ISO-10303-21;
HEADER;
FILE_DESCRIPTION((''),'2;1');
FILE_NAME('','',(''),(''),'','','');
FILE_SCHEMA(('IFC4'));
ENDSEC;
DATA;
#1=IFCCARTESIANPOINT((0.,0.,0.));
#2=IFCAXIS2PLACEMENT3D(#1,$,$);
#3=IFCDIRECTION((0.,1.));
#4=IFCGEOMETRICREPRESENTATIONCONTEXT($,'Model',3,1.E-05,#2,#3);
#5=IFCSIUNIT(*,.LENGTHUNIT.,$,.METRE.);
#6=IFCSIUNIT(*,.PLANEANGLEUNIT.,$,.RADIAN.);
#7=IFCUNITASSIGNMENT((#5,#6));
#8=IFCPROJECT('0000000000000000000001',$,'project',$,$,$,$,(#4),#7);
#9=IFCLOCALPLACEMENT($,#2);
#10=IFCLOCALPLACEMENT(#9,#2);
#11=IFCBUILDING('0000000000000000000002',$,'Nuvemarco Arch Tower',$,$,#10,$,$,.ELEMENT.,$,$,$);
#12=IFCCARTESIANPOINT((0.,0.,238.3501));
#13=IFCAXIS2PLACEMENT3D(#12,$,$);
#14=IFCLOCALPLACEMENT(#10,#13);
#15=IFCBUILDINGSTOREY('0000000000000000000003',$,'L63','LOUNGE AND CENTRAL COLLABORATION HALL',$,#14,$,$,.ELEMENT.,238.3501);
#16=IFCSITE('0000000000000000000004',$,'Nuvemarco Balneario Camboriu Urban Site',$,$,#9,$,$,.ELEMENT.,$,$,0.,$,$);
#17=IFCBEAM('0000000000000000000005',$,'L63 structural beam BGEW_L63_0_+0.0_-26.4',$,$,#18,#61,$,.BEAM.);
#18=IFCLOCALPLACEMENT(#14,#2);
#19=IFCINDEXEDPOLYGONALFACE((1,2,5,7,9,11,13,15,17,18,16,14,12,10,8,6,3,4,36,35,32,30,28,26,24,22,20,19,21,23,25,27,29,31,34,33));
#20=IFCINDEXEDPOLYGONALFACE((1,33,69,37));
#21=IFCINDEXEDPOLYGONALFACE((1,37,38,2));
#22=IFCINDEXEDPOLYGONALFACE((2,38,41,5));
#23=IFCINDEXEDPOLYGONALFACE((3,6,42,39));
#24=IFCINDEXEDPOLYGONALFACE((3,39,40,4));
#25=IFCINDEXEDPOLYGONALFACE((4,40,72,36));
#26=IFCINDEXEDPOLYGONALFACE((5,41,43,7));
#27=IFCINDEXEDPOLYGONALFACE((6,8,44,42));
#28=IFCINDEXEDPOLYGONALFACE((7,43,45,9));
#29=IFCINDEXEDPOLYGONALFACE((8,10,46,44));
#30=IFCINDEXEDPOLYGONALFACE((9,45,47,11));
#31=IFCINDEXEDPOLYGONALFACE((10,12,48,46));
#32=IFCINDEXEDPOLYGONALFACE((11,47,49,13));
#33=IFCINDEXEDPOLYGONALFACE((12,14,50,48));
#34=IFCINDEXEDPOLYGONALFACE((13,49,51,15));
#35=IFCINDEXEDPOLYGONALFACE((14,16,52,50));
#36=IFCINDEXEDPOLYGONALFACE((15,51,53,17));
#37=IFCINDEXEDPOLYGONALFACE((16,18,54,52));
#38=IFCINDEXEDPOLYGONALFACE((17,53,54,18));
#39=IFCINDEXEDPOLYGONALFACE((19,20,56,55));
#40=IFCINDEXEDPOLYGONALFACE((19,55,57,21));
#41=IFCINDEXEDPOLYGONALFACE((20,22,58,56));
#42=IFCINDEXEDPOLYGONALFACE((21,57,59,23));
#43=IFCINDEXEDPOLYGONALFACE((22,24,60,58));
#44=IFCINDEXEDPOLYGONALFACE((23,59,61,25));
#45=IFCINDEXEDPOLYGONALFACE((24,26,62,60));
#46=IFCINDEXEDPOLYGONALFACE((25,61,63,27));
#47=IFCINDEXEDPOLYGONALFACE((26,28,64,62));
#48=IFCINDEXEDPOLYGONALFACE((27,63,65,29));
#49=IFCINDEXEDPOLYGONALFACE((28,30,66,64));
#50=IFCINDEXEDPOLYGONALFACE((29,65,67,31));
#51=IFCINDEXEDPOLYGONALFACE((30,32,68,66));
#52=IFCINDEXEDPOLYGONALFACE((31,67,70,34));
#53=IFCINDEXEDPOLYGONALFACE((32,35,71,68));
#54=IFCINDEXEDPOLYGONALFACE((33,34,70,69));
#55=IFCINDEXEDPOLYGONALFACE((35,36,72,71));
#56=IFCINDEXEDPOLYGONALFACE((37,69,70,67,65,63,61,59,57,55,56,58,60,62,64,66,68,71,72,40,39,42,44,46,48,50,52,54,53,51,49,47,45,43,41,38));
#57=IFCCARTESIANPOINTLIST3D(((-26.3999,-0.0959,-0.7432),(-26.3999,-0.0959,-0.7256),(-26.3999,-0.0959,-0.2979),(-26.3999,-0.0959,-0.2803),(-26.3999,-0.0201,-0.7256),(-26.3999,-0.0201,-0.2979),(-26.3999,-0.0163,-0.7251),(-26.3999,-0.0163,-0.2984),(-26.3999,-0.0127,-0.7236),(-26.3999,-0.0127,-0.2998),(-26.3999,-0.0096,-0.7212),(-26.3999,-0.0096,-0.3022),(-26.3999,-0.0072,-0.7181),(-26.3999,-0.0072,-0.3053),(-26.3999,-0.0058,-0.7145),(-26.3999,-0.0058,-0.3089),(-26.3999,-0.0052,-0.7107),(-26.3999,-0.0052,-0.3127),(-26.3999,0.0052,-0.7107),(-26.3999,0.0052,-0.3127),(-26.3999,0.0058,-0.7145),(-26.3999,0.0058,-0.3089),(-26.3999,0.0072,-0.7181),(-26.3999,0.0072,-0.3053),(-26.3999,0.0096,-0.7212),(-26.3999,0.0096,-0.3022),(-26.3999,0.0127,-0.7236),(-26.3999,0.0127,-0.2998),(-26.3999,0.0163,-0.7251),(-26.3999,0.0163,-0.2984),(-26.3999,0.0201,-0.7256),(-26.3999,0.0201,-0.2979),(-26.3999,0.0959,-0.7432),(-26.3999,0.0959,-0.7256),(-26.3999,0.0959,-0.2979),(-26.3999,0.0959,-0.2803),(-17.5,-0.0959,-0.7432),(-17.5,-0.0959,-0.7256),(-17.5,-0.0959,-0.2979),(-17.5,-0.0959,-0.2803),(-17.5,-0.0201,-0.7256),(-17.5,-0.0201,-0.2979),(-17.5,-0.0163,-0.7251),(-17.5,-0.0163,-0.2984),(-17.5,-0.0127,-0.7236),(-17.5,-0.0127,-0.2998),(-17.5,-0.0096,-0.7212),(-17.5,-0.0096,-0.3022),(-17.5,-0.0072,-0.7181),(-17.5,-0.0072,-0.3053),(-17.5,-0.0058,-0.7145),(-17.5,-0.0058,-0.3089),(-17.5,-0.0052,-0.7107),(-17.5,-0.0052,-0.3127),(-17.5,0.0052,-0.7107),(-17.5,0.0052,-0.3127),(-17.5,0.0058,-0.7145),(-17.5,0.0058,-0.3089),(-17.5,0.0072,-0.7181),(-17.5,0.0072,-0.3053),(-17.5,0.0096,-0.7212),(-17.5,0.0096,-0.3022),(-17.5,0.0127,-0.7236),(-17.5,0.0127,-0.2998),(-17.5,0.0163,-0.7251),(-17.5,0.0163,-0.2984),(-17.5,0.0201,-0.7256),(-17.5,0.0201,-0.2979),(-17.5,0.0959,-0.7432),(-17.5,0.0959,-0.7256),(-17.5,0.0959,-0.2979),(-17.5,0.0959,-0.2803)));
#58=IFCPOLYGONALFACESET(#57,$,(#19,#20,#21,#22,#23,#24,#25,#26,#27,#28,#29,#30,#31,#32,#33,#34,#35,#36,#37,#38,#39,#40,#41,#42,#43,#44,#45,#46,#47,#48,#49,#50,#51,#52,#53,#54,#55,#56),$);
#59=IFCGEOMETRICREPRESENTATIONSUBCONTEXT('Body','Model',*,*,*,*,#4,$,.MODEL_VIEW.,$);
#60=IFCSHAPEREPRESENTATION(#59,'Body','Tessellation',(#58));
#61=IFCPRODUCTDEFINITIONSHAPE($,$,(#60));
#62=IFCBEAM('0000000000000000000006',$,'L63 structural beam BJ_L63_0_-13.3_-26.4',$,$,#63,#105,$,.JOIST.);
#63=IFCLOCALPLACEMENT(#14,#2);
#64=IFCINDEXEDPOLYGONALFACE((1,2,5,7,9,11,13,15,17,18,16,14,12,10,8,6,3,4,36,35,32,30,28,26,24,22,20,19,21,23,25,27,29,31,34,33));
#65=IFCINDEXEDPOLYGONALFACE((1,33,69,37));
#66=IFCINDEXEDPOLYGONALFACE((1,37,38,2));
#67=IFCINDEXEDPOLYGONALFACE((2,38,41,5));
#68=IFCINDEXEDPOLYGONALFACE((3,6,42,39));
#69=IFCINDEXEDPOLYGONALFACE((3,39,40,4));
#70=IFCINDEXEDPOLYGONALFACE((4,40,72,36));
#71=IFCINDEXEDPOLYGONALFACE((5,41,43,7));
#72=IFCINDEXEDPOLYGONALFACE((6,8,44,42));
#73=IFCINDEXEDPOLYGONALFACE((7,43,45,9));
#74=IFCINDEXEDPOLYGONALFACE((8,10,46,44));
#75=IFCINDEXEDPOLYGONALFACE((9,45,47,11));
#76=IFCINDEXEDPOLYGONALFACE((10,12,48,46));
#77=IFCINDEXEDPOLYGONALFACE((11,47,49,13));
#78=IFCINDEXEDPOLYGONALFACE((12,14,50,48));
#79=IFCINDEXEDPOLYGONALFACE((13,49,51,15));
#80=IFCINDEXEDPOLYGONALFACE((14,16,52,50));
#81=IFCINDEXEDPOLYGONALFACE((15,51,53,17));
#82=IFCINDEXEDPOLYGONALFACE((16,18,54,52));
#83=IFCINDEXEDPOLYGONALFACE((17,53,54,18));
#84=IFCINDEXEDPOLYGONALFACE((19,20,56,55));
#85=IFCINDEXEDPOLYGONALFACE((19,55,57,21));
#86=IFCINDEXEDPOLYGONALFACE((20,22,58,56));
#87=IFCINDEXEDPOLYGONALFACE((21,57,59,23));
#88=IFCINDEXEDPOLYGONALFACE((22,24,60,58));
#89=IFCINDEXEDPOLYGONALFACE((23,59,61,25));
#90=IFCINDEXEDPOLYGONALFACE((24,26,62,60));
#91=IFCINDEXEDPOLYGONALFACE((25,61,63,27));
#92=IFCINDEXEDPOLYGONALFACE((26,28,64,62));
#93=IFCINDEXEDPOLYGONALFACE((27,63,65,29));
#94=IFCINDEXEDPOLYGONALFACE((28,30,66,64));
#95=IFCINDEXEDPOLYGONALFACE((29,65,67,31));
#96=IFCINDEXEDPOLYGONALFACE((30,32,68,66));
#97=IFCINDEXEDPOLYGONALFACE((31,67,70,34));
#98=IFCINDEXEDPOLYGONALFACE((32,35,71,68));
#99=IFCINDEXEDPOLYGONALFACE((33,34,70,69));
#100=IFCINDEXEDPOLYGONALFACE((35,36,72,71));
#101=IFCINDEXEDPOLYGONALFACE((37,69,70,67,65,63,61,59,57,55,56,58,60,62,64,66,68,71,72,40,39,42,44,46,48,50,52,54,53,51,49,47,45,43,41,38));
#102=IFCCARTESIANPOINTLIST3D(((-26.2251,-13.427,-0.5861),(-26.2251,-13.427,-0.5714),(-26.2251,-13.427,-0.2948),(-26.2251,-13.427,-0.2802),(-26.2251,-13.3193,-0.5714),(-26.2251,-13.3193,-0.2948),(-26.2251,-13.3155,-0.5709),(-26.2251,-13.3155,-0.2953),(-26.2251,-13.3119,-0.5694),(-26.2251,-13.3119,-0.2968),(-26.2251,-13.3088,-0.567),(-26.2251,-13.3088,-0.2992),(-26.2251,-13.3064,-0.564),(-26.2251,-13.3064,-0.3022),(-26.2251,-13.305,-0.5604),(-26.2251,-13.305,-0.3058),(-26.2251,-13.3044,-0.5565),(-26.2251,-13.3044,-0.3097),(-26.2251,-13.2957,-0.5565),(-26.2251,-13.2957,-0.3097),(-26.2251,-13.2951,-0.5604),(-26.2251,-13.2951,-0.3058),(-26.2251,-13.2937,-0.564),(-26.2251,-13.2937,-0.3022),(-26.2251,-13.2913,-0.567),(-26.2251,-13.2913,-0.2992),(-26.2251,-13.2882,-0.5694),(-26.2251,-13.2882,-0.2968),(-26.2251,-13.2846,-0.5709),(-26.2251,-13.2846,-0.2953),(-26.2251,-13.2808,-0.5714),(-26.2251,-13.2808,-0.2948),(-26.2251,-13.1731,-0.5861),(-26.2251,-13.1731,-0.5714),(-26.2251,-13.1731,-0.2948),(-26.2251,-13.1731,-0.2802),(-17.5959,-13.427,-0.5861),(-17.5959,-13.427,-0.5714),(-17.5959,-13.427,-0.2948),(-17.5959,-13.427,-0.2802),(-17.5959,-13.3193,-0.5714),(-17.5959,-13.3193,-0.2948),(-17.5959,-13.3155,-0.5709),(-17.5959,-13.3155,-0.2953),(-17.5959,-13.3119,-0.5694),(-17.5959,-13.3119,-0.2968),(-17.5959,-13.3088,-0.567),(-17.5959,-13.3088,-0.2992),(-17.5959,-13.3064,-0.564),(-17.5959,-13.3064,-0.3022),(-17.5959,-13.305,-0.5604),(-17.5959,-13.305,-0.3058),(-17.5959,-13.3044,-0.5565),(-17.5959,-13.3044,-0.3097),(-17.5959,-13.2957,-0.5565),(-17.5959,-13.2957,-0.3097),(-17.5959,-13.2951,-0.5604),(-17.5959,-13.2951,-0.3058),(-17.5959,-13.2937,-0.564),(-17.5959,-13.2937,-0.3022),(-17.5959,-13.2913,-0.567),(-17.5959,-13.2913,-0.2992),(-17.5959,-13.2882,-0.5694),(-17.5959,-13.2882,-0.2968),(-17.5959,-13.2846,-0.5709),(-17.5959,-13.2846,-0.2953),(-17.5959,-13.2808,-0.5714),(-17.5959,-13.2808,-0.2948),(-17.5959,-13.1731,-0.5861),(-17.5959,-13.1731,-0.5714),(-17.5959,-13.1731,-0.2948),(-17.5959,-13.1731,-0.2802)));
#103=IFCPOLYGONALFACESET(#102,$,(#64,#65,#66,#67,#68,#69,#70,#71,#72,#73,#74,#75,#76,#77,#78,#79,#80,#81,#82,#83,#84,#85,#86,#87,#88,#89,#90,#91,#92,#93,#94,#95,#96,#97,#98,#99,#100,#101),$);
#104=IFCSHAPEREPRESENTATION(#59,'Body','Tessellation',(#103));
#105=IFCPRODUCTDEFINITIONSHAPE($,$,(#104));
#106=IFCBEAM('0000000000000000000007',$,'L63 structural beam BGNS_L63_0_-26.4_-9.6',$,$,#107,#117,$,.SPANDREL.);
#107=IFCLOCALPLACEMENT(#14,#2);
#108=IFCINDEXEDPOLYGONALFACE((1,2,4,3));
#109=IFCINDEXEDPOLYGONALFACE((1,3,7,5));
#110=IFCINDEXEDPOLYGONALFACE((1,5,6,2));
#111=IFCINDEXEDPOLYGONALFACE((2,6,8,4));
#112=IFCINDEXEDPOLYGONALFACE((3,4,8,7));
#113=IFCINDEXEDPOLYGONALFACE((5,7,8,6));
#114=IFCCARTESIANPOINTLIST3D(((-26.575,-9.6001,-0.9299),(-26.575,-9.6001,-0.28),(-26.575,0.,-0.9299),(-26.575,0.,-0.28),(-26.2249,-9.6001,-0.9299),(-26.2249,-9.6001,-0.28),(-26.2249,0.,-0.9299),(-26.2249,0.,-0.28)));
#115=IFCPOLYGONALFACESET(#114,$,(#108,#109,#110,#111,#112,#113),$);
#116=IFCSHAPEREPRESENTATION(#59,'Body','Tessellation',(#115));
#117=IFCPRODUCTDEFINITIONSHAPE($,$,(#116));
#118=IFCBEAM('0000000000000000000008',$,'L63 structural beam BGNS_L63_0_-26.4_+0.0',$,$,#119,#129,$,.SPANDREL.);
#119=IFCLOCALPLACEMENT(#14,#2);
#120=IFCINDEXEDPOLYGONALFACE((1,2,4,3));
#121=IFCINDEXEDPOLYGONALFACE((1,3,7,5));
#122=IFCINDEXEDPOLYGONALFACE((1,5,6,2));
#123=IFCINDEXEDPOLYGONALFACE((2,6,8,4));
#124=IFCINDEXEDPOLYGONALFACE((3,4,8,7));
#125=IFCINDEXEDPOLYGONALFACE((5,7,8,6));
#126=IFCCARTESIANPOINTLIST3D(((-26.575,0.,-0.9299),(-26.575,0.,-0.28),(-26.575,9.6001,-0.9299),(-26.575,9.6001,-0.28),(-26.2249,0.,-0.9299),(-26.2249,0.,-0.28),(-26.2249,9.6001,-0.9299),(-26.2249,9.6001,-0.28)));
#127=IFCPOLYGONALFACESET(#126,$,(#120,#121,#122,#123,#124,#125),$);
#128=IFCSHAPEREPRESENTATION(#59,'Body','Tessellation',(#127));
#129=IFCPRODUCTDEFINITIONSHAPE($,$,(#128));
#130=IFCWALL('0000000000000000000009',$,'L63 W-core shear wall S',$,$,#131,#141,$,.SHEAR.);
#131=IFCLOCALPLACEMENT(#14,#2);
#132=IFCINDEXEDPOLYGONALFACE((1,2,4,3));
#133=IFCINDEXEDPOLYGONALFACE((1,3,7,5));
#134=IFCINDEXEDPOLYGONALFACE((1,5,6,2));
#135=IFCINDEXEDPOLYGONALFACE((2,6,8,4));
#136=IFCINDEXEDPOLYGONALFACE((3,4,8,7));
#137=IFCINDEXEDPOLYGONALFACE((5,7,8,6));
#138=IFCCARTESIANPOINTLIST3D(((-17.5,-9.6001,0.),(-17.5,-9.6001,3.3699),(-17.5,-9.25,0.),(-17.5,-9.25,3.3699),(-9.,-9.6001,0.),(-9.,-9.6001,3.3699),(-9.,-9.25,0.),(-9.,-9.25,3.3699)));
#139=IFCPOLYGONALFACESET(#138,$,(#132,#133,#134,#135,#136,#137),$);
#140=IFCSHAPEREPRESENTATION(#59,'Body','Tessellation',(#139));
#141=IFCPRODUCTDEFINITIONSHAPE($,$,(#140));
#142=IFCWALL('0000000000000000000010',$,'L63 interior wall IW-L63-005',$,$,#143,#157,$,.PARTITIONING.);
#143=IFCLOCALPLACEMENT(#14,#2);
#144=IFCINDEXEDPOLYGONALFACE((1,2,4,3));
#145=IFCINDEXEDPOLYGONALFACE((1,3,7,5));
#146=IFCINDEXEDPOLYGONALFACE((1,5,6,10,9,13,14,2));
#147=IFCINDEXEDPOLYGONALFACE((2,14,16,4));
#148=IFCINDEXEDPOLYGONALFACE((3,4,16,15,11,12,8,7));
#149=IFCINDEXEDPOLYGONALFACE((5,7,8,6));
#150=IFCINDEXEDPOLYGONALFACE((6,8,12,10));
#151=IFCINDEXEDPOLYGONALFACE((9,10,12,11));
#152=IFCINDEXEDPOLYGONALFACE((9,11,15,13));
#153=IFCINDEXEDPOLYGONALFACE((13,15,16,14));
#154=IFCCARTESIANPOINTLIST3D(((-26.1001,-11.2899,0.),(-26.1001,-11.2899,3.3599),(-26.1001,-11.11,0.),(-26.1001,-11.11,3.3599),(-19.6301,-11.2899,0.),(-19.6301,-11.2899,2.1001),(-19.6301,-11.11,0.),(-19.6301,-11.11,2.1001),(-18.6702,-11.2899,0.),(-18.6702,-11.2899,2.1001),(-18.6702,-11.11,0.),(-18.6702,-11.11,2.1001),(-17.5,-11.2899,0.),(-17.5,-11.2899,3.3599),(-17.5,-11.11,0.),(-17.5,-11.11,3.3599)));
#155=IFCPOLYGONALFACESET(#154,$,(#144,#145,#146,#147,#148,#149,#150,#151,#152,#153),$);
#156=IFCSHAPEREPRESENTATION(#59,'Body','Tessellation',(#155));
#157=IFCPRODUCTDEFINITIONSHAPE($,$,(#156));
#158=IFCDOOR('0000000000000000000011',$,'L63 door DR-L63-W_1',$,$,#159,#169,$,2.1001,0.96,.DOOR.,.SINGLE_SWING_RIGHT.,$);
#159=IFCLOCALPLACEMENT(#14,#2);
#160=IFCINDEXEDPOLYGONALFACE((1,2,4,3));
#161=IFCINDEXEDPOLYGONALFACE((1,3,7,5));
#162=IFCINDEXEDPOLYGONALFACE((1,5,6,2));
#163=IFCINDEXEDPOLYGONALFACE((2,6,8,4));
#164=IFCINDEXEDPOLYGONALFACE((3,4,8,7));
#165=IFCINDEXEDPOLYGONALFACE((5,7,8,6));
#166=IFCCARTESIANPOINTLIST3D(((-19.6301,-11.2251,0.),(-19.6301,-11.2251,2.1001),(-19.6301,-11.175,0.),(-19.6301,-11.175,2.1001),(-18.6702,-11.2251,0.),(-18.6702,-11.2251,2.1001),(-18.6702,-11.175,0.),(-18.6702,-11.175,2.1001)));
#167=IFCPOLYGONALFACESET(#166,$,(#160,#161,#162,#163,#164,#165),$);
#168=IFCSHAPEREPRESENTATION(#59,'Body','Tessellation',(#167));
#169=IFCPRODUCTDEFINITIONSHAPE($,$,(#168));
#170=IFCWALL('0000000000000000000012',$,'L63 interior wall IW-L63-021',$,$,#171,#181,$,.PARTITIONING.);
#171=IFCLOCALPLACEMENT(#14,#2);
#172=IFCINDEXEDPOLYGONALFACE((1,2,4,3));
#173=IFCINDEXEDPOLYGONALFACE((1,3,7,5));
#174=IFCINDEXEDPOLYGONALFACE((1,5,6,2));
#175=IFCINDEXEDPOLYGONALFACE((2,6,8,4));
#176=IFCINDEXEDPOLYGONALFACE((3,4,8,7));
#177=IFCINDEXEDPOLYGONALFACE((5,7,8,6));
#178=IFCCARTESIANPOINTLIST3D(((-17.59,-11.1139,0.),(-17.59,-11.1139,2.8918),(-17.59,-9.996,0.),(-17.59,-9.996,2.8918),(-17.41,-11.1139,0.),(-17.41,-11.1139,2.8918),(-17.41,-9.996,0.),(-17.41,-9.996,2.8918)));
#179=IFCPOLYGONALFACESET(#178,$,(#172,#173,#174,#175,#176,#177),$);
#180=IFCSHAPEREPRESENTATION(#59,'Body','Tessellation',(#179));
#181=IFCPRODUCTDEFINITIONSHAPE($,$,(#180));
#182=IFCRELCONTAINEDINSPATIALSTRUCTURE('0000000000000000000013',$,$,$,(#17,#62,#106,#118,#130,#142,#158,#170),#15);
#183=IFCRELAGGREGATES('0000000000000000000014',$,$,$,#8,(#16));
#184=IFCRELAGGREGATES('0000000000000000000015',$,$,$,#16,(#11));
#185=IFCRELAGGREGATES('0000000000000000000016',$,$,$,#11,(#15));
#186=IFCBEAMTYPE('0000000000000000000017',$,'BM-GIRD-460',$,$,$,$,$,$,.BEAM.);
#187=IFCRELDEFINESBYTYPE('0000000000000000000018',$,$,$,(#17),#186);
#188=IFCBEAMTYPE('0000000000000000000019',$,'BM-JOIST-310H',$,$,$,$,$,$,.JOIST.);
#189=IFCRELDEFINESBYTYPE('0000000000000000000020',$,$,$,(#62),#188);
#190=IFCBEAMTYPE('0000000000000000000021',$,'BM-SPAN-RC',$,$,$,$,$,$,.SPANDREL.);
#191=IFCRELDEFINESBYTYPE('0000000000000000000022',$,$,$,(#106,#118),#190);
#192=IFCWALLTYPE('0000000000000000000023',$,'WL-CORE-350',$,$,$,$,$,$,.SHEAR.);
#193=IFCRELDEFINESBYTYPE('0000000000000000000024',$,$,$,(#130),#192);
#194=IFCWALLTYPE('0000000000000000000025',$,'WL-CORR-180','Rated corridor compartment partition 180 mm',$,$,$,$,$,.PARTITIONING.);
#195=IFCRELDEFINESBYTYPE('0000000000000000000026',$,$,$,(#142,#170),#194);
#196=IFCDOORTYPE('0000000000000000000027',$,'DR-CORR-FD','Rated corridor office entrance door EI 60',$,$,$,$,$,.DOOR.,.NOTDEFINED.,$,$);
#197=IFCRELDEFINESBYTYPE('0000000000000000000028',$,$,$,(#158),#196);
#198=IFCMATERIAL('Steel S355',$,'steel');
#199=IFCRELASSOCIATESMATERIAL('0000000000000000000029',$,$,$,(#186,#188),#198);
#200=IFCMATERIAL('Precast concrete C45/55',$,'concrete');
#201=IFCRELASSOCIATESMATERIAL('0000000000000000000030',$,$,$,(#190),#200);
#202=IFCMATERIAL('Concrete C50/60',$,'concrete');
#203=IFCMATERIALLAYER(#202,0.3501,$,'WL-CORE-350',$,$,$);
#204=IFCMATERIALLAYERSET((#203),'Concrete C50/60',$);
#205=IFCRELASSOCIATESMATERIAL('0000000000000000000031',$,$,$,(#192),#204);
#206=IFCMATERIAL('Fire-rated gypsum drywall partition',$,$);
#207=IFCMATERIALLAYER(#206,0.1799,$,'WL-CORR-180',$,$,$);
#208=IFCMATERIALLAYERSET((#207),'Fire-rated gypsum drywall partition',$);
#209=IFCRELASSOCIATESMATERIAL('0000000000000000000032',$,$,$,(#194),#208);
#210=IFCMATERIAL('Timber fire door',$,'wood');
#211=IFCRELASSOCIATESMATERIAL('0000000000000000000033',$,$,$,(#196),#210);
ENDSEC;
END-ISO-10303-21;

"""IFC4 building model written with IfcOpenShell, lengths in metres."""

from ifc_helpers import new_model, si_unit, direction, frame, frame_2d, origin, origin_2d, place, context, subcontext, project, spatial, rectangle, i_section, extrude, source, transform, mapped, material, layer, layer_set, material_profile, profile_set, type_object, type_shapes, element, fill, save


model = new_model("IFC4")

# Units and contexts
model_context = context("Model", 3, precision=1e-05, world=origin(), true_north=direction((0.0, 1.0)))
body_context = subcontext(model_context, "Body", "Model", "MODEL_VIEW")
ifc_project = project(units=[si_unit("LENGTHUNIT", "METRE"), si_unit("PLANEANGLEUNIT", "RADIAN")], contexts=[model_context])

# Site, building, storey
site_placement = place(None, origin())
site = spatial("IfcSite", under=ifc_project, at=site_placement, Name="Nuvemarco Balneario Camboriu Urban Site", CompositionType="ELEMENT", RefElevation=0.0)
building_placement = place(site_placement, origin())
building = spatial("IfcBuilding", under=site, at=building_placement, Name="Nuvemarco Arch Tower", CompositionType="ELEMENT")
storey_placement = place(building_placement, frame((0.0, 0.0, 238.3501)))
storey = spatial("IfcBuildingStorey", under=building, at=storey_placement, Name="L63", Description="LOUNGE AND CENTRAL COLLABORATION HALL", CompositionType="ELEMENT", Elevation=238.3501)

# Shared definitions
ifc_material_1 = material(Name="Concrete C50/60", Category="concrete")
ifc_material_2 = material(Name="Steel S355", Category="steel")

# Beams
ifc_material_profile_1 = material_profile(ifc_material_2, i_section(OverallWidth=0.1919, OverallDepth=0.4629, WebThickness=0.0105, FlangeThickness=0.0176, FilletRadius=0.0149, at=origin_2d()), Name="W460x89")
ifc_profile_set_1 = profile_set([ifc_material_profile_1], Name="Steel S355")
beam_type_1 = type_object("IfcBeamType", Name="BM-GIRD-460", PredefinedType="BEAM", material=ifc_profile_set_1)
beam_1_placement = place(storey_placement, frame((-26.3999, 0.0, -0.5117), z_axis=(1.0, 0.0, 0.0), x_axis=(0.0, 1.0, 0.0)))
element("IfcBeam", 1, at=beam_1_placement, inside=storey, type_object=beam_type_1, Name="L63 structural beam BGEW_L63_0_+0.0_-26.4", PredefinedType="BEAM", context=body_context, shape_type="SweptSolid", body=[
    extrude(i_section(OverallWidth=0.1919, OverallDepth=0.4629, WebThickness=0.0105, FlangeThickness=0.0176, FilletRadius=0.0149, at=origin_2d()), origin(), (0.0, 0.0, 1.0), 8.8999),
])
ifc_material_profile_2 = material_profile(ifc_material_2, i_section(OverallWidth=0.2539, OverallDepth=0.3059, WebThickness=0.0088, FlangeThickness=0.0146, FilletRadius=0.0149, at=origin_2d()), Name="W310x79")
ifc_profile_set_2 = profile_set([ifc_material_profile_2], Name="Steel S355")
beam_type_2 = type_object("IfcBeamType", Name="BM-JOIST-310H", PredefinedType="JOIST", material=ifc_profile_set_2)
beam_2_placement = place(storey_placement, frame((-26.2251, -13.3, -0.4331), z_axis=(1.0, 0.0, 0.0), x_axis=(0.0, 1.0, 0.0)))
element("IfcBeam", 2, at=beam_2_placement, inside=storey, type_object=beam_type_2, Name="L63 structural beam BJ_L63_0_-13.3_-26.4", PredefinedType="JOIST", context=body_context, shape_type="SweptSolid", body=[
    extrude(i_section(OverallWidth=0.2539, OverallDepth=0.3059, WebThickness=0.0088, FlangeThickness=0.0146, FilletRadius=0.0149, at=origin_2d()), origin(), (0.0, 0.0, 1.0), 8.6292),
])
ifc_material_3 = material(Name="Precast concrete C45/55", Category="concrete")
ifc_material_profile_3 = material_profile(ifc_material_3, rectangle(XDim=0.3501, YDim=0.6499, at=origin_2d()), Name="PC-SP-350x650")
ifc_profile_set_3 = profile_set([ifc_material_profile_3], Name="Precast concrete C45/55")
beam_type_3 = type_object("IfcBeamType", Name="BM-SPAN-RC", PredefinedType="SPANDREL", material=ifc_profile_set_3)
for number, where, z_axis, x_axis, name in (
    (3, (-26.3999, -9.6001, -0.605), (0.0, 1.0, 0.0), (-1.0, 0.0, 0.0), "L63 structural beam BGNS_L63_0_-26.4_-9.6"),
    (4, (-26.3999, 0.0, -0.605), (0.0, 1.0, 0.0), (-1.0, 0.0, 0.0), "L63 structural beam BGNS_L63_0_-26.4_+0.0"),
):
    element("IfcBeam", number, at=place(storey_placement, frame(where, z_axis=z_axis, x_axis=x_axis)), inside=storey, type_object=beam_type_3, Name=name, PredefinedType="SPANDREL", context=body_context, shape_type="SweptSolid", body=[
        extrude(rectangle(XDim=0.3501, YDim=0.6499, at=origin_2d()), origin(), (0.0, 0.0, 1.0), 9.6001),
    ])

# Wall
ifc_layer_1 = layer(ifc_material_1, 0.3501, Name="WL-CORE-350")
ifc_layer_set_1 = layer_set([ifc_layer_1], Name="Concrete C50/60")
wall_type_1 = type_object("IfcWallType", Name="WL-CORE-350", PredefinedType="SHEAR", material=ifc_layer_set_1)
wall_1_placement = place(storey_placement, frame((-17.5, -9.425, 0.0), z_axis=(0.0, 0.0, 1.0), x_axis=(1.0, 0.0, 0.0)))
element("IfcWall", 5, at=wall_1_placement, inside=storey, type_object=wall_type_1, Name="L63 W-core shear wall S", PredefinedType="SHEAR", context=body_context, shape_type="SweptSolid", body=[
    extrude(rectangle(XDim=8.5, YDim=0.3501, at=frame_2d((4.25, 0.0))), origin(), (0.0, 0.0, 1.0), 3.3699),
])

# Wall, opening, door
ifc_material_4 = material(Name="Fire-rated gypsum drywall partition")
ifc_layer_2 = layer(ifc_material_4, 0.1799, Name="WL-CORR-180")
ifc_layer_set_2 = layer_set([ifc_layer_2], Name="Fire-rated gypsum drywall partition")
wall_type_2 = type_object("IfcWallType", Name="WL-CORR-180", Description="Rated corridor compartment partition 180 mm", PredefinedType="PARTITIONING", material=ifc_layer_set_2)
wall_2_placement = place(storey_placement, frame((-26.1001, -11.2, 0.0), z_axis=(0.0, 0.0, 1.0), x_axis=(1.0, 0.0, 0.0)))
wall_2 = element("IfcWall", 6, at=wall_2_placement, inside=storey, type_object=wall_type_2, Name="L63 interior wall IW-L63-005", PredefinedType="PARTITIONING", context=body_context, shape_type="SweptSolid", body=[
    extrude(rectangle(XDim=8.6001, YDim=0.1799, at=frame_2d((4.3, 0.0))), origin(), (0.0, 0.0, 1.0), 3.3599),
])
opening_placement = place(wall_2_placement, frame((6.47, 0.0, 0.0)))
opening = element("IfcOpeningElement", 7, at=opening_placement, cuts=wall_2, PredefinedType="OPENING", context=body_context, shape_type="SweptSolid", body=[
    extrude(rectangle(XDim=0.96, YDim=2.1001, at=frame_2d((0.48, 1.05))), frame((0.0, 0.0999, 0.0), z_axis=(0.0, -1.0, 0.0), x_axis=(1.0, 0.0, 0.0)), (0.0, 0.0, 1.0), 0.2),
])
ifc_material_5 = material(Name="Timber fire door", Category="wood")
door_type = type_object("IfcDoorType", Name="DR-CORR-FD", Description="Rated corridor office entrance door EI 60", OperationType="NOTDEFINED", PredefinedType="DOOR", material=ifc_material_5)
shared_shape_1 = source(origin(), body_context, "Body", "SweptSolid", [
    extrude(rectangle(XDim=0.96, YDim=2.1001, at=frame_2d((0.48, 1.05))), frame((0.0, 0.0249, 0.0), z_axis=(0.0, -1.0, 0.0), x_axis=(1.0, 0.0, 0.0)), (0.0, 0.0, 1.0), 0.05),
])
type_shapes(door_type, [shared_shape_1])
door_placement = place(opening_placement, origin())
door = element("IfcDoor", 8, at=door_placement, inside=storey, type_object=door_type, Name="L63 door DR-L63-W_1", OperationType="SINGLE_SWING_RIGHT", OverallHeight=2.1001, OverallWidth=0.96, PredefinedType="DOOR", context=body_context, shape_type="MappedRepresentation", body=[
    mapped(shared_shape_1, transform((0.0, 0.0, 0.0), scale=1.0)),
])
fill(opening, door)

# Wall
wall_3_placement = place(storey_placement, frame((-17.5, -11.114, 0.0), z_axis=(0.0, 0.0, 1.0), x_axis=(0.0, 1.0, 0.0)))
element("IfcWall", 9, at=wall_3_placement, inside=storey, type_object=wall_type_2, Name="L63 interior wall IW-L63-021", PredefinedType="PARTITIONING", context=body_context, shape_type="SweptSolid", body=[
    extrude(rectangle(XDim=1.1179, YDim=0.1799, at=frame_2d((0.5591, 0.0))), origin(), (0.0, 0.0, 1.0), 2.8918),
])

save(model, "model.ifc")
